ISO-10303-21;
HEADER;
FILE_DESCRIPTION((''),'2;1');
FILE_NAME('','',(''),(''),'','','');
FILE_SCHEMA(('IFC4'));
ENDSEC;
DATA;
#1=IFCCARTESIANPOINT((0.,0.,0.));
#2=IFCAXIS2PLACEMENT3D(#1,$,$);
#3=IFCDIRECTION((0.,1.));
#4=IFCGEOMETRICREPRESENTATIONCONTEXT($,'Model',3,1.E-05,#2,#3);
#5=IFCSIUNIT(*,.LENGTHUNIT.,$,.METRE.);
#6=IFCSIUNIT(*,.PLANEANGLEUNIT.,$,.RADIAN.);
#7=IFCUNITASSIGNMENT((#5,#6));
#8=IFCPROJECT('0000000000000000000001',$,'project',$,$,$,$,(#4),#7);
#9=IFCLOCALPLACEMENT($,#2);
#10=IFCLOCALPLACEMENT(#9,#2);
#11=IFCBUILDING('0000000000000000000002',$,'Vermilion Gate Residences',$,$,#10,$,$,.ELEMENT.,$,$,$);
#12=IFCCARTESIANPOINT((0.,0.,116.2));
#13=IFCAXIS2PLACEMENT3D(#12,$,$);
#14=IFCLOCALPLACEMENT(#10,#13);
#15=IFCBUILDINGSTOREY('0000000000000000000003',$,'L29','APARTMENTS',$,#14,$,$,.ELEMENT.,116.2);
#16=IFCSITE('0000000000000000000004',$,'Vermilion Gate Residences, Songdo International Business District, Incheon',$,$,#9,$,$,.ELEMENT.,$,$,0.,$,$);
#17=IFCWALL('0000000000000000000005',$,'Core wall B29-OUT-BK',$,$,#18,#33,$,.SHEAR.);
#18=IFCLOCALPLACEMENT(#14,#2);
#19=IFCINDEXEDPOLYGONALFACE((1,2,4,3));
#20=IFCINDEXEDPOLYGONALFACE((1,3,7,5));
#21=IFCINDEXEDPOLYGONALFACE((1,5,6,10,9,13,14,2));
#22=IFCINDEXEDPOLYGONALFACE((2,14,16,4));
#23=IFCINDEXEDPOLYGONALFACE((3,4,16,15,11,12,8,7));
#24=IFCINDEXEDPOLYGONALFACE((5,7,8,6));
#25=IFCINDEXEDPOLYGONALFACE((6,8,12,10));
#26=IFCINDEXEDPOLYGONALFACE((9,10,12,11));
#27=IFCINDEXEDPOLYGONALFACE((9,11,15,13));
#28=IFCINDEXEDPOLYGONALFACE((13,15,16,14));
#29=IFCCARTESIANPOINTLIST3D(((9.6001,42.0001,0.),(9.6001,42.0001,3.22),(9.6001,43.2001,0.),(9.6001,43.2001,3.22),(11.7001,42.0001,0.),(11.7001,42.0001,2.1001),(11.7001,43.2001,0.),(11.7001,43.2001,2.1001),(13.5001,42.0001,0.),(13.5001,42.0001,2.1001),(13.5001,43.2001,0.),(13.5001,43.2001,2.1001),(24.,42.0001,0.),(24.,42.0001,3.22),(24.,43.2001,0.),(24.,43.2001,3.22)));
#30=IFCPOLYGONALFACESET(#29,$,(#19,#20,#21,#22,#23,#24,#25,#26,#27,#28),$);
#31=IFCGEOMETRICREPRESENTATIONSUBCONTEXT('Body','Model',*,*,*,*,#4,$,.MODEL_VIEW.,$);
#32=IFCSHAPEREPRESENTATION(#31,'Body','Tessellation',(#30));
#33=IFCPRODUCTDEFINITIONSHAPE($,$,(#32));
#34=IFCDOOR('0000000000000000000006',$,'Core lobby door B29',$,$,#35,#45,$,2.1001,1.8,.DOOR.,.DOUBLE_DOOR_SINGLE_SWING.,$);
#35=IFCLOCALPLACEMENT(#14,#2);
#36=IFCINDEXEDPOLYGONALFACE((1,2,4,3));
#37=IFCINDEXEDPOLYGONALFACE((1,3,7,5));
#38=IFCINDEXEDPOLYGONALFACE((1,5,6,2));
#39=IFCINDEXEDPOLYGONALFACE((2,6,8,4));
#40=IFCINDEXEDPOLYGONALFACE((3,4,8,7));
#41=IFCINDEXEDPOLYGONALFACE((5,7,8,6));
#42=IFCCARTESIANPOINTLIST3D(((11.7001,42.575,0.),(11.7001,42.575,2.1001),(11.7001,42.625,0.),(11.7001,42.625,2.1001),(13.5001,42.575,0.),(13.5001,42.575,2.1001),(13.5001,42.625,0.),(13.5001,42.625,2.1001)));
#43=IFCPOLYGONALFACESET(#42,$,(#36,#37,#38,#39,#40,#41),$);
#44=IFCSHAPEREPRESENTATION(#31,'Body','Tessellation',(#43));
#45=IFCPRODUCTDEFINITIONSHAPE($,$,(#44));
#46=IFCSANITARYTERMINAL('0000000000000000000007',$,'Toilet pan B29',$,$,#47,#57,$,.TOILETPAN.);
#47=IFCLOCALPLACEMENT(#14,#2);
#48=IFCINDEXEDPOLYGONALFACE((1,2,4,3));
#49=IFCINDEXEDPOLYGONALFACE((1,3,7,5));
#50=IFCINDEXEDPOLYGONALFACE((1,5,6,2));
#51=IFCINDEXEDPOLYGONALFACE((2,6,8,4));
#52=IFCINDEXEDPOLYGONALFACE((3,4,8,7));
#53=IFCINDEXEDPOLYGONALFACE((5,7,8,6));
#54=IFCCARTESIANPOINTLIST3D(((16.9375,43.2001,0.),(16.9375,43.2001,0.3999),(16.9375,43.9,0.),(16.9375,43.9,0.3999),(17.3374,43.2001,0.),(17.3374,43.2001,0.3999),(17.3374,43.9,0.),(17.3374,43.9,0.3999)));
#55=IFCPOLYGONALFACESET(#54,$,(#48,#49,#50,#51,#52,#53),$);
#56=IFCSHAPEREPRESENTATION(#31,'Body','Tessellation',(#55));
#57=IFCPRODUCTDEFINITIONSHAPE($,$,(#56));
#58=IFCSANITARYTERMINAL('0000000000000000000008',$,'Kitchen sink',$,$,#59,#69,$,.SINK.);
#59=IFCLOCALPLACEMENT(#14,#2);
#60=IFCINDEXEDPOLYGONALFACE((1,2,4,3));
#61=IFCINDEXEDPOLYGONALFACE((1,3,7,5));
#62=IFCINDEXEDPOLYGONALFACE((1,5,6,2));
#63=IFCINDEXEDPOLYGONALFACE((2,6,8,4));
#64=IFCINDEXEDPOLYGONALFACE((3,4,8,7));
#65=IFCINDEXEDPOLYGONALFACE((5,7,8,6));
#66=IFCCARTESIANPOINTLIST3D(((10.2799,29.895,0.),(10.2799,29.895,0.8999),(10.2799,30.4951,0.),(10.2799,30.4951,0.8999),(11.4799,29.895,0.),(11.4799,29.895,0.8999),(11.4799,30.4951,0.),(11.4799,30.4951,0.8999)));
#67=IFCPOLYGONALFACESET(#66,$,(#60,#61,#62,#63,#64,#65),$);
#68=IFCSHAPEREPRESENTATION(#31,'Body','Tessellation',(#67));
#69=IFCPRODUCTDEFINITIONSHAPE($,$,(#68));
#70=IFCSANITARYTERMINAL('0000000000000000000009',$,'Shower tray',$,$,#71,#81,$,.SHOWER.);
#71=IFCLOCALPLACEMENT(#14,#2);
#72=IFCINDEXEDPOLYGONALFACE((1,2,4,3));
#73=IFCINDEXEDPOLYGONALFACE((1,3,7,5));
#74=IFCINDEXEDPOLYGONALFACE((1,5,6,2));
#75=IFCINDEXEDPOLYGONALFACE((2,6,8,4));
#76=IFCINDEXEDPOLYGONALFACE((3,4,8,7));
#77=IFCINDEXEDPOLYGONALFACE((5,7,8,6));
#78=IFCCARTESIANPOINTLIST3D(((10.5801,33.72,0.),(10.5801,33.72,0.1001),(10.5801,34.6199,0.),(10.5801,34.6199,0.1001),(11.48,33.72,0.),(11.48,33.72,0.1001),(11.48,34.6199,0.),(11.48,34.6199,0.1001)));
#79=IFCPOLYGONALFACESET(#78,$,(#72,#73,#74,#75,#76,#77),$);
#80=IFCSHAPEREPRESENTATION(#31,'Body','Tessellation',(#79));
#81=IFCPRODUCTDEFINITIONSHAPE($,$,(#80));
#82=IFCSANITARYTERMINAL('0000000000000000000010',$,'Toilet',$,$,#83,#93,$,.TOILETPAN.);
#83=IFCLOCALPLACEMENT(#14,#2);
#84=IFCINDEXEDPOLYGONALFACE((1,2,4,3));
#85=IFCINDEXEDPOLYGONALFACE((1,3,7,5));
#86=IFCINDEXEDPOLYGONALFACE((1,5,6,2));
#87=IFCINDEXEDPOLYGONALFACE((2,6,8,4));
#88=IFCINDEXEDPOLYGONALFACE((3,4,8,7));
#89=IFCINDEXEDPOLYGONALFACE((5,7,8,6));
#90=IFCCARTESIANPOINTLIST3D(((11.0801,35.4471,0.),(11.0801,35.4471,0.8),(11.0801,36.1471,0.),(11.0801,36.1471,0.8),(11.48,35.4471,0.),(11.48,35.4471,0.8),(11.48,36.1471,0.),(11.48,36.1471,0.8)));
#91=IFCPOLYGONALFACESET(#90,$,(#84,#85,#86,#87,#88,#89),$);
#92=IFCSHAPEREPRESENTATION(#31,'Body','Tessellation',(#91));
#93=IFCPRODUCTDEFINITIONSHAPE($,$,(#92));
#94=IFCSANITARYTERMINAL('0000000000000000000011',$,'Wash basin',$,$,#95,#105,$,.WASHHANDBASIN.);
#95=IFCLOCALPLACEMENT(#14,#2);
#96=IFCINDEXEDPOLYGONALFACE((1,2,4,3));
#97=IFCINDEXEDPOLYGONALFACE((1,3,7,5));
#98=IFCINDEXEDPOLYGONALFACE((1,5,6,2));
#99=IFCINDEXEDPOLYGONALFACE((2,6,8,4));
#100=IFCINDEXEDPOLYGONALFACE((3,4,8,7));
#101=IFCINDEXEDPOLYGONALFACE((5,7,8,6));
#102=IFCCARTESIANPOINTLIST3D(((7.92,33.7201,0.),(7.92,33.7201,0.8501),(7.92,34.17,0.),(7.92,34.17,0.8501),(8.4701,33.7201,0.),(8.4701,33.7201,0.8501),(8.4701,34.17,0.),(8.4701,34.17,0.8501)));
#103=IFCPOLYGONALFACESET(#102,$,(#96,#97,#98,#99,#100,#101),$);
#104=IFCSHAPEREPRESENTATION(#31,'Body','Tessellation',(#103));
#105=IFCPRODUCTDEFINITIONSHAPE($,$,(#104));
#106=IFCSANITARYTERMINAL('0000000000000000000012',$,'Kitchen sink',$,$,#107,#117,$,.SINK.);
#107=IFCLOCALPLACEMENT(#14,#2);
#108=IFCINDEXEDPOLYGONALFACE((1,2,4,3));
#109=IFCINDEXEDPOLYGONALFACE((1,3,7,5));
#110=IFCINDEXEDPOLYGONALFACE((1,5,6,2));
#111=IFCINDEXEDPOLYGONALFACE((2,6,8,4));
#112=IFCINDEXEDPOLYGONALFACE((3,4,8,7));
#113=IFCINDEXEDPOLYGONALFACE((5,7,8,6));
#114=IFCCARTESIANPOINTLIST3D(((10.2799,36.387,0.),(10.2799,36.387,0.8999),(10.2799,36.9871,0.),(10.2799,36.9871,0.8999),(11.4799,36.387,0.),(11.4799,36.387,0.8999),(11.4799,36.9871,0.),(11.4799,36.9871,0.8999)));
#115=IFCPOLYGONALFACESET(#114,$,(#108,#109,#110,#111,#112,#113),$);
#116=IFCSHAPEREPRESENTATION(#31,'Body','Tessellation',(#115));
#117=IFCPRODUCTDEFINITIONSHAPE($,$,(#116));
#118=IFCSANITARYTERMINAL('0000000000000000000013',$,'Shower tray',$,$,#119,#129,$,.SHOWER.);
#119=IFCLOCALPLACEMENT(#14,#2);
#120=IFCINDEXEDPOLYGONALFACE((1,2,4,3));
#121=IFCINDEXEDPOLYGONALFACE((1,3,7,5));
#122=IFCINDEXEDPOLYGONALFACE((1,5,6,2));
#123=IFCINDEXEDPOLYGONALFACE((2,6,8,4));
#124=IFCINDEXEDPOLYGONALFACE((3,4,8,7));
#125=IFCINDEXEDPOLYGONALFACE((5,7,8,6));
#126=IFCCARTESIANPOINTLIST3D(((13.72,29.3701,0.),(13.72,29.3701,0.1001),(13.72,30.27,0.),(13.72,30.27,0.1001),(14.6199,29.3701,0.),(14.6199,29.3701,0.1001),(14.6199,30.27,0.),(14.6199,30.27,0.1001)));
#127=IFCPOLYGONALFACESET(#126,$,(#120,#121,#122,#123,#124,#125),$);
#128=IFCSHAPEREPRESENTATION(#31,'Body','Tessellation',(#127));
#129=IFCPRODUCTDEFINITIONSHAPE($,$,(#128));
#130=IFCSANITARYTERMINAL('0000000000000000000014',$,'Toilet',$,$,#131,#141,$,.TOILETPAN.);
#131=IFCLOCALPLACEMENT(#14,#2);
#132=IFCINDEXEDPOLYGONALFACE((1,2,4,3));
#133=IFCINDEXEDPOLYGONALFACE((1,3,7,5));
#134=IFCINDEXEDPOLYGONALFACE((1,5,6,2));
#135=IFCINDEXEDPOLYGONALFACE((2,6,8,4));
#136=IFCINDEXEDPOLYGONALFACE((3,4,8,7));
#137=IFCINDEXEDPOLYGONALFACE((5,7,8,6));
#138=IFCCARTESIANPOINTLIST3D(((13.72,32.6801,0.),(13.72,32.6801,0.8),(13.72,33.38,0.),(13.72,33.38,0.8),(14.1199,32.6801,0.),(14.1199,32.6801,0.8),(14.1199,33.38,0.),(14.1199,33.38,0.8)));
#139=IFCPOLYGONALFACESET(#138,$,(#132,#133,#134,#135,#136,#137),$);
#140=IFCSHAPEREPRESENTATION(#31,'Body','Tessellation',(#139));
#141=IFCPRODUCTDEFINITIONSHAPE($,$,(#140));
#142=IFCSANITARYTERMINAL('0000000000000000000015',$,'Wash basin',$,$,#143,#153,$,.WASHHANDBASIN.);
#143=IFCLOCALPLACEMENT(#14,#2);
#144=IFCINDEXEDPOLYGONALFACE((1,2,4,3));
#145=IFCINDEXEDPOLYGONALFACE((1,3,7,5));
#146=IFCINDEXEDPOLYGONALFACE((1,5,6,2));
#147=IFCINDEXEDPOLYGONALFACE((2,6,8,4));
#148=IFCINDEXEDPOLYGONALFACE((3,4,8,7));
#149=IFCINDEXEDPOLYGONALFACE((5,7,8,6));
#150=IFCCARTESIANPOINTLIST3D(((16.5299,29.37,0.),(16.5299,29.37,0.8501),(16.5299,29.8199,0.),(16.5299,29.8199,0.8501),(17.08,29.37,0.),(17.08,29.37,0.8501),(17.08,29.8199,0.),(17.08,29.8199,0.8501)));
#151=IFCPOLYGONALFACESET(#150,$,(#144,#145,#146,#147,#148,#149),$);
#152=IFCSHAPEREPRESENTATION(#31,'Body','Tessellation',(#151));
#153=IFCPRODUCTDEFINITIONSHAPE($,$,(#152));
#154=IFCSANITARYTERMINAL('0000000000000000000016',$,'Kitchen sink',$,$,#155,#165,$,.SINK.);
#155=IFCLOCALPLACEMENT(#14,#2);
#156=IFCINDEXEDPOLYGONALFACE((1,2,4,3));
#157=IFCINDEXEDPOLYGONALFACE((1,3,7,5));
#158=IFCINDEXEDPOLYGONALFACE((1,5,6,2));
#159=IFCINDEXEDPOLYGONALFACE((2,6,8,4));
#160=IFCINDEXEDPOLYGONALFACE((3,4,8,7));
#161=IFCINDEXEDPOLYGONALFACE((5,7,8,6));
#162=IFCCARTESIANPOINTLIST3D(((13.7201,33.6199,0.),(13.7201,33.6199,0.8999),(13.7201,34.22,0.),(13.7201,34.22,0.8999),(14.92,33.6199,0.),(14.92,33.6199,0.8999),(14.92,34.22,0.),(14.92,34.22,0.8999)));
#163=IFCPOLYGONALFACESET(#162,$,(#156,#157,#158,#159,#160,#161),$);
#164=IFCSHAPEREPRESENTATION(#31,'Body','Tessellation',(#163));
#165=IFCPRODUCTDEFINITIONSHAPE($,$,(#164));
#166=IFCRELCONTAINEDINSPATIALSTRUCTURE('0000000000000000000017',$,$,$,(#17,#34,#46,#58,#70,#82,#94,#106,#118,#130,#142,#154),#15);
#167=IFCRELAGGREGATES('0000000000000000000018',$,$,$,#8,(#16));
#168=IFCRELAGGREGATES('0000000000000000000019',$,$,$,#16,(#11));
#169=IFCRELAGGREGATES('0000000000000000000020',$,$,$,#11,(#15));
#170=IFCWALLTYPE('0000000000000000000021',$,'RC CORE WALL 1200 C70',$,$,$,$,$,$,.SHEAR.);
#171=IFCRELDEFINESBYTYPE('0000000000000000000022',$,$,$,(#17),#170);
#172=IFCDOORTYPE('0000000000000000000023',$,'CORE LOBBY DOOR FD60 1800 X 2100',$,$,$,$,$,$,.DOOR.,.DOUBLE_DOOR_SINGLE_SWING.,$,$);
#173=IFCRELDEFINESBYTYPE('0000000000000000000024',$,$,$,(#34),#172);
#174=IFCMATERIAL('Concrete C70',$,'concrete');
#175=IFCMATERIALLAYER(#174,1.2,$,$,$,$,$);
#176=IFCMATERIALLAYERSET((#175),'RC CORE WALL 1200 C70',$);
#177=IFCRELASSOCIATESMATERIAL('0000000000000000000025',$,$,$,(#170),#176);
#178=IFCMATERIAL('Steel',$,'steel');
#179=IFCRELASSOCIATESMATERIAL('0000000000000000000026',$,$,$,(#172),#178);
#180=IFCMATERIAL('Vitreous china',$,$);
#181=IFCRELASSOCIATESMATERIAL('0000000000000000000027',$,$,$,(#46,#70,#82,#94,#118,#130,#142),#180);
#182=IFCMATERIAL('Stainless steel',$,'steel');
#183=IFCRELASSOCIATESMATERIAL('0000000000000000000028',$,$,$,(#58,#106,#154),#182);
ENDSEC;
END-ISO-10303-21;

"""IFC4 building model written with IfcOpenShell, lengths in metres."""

from ifc_helpers import new_model, si_unit, direction, frame, frame_2d, origin, origin_2d, place, context, subcontext, project, spatial, rectangle, extrude, material, layer, layer_set, type_object, element, fill, save


model = new_model("IFC4")

# Units and contexts
model_context = context("Model", 3, precision=1e-05, world=origin(), true_north=direction((0.0, 1.0)))
body_context = subcontext(model_context, "Body", "Model", "MODEL_VIEW")
ifc_project = project(units=[si_unit("LENGTHUNIT", "METRE"), si_unit("PLANEANGLEUNIT", "RADIAN")], contexts=[model_context])

# Site, building, storey
site_placement = place(None, origin())
site = spatial("IfcSite", under=ifc_project, at=site_placement, Name="Vermilion Gate Residences, Songdo International Business District, Incheon", CompositionType="ELEMENT", RefElevation=0.0)
building_placement = place(site_placement, origin())
building = spatial("IfcBuilding", under=site, at=building_placement, Name="Vermilion Gate Residences", CompositionType="ELEMENT")
storey_placement = place(building_placement, frame((0.0, 0.0, 116.2)))
storey = spatial("IfcBuildingStorey", under=building, at=storey_placement, Name="L29", Description="APARTMENTS", CompositionType="ELEMENT", Elevation=116.2)

# Wall, opening, door
ifc_material_1 = material(Name="Concrete C70", Category="concrete")
ifc_layer_1 = layer(ifc_material_1, 1.2)
ifc_layer_set_1 = layer_set([ifc_layer_1], Name="RC CORE WALL 1200 C70")
wall_type_1 = type_object("IfcWallType", Name="RC CORE WALL 1200 C70", PredefinedType="SHEAR", material=ifc_layer_set_1)
wall_1_placement = place(storey_placement, frame((9.6001, 42.6001, 0.0), z_axis=(0.0, 0.0, 1.0), x_axis=(1.0, 0.0, 0.0)))
wall_1 = element("IfcWall", 1, at=wall_1_placement, inside=storey, type_object=wall_type_1, Name="Core wall B29-OUT-BK", PredefinedType="SHEAR", context=body_context, shape_type="SweptSolid", body=[
    extrude(rectangle(XDim=14.3999, YDim=1.2, at=frame_2d((7.2, 0.0))), origin(), (0.0, 0.0, 1.0), 3.22),
])
opening_1_placement = place(wall_1_placement, frame((2.1001, 0.0, 0.0)))
opening_1 = element("IfcOpeningElement", 2, at=opening_1_placement, cuts=wall_1, PredefinedType="OPENING", context=body_context, shape_type="SweptSolid", body=[
    extrude(rectangle(XDim=1.8, YDim=2.1001, at=frame_2d((0.8999, 1.05))), frame((0.0, 0.6099, 0.0), z_axis=(0.0, -1.0, 0.0), x_axis=(1.0, 0.0, 0.0)), (0.0, 0.0, 1.0), 1.22),
])
ifc_material_2 = material(Name="Steel", Category="steel")
door_type_1 = type_object("IfcDoorType", Name="CORE LOBBY DOOR FD60 1800 X 2100", OperationType="DOUBLE_DOOR_SINGLE_SWING", PredefinedType="DOOR", material=ifc_material_2)
door_1_placement = place(opening_1_placement, origin())
door_1 = element("IfcDoor", 3, at=door_1_placement, inside=storey, type_object=door_type_1, Name="Core lobby door B29", OperationType="DOUBLE_DOOR_SINGLE_SWING", OverallHeight=2.1001, OverallWidth=1.8, PredefinedType="DOOR", context=body_context, shape_type="SweptSolid", body=[
    extrude(rectangle(XDim=1.8, YDim=2.1001, at=frame_2d((0.8999, 1.05))), frame((0.0, 0.0249, 0.0), z_axis=(0.0, -1.0, 0.0), x_axis=(1.0, 0.0, 0.0)), (0.0, 0.0, 1.0), 0.05),
])
fill(opening_1, door_1)

# Sanitary terminals
ifc_material_3 = material(Name="Vitreous china")
sanitary_terminal_1_placement = place(storey_placement, frame((17.1375, 43.55, 0.0), z_axis=(0.0, 0.0, 1.0), x_axis=(1.0, 0.0, 0.0)))
element("IfcSanitaryTerminal", 4, at=sanitary_terminal_1_placement, inside=storey, material=ifc_material_3, Name="Toilet pan B29", PredefinedType="TOILETPAN", context=body_context, shape_type="SweptSolid", body=[
    extrude(rectangle(XDim=0.3999, YDim=0.7, at=origin_2d()), origin(), (0.0, 0.0, 1.0), 0.3999),
])
ifc_material_4 = material(Name="Stainless steel", Category="steel")
sanitary_terminal_2_placement = place(storey_placement, frame((10.8799, 30.1951, 0.0), z_axis=(0.0, 0.0, 1.0), x_axis=(1.0, 0.0, 0.0)))
element("IfcSanitaryTerminal", 5, at=sanitary_terminal_2_placement, inside=storey, material=ifc_material_4, Name="Kitchen sink", PredefinedType="SINK", context=body_context, shape_type="SweptSolid", body=[
    extrude(rectangle(XDim=1.2, YDim=0.6001, at=origin_2d()), origin(), (0.0, 0.0, 1.0), 0.8999),
])
sanitary_terminal_3_placement = place(storey_placement, frame((11.03, 34.1699, 0.0), z_axis=(0.0, 0.0, 1.0), x_axis=(1.0, 0.0, 0.0)))
element("IfcSanitaryTerminal", 6, at=sanitary_terminal_3_placement, inside=storey, material=ifc_material_3, Name="Shower tray", PredefinedType="SHOWER", context=body_context, shape_type="SweptSolid", body=[
    extrude(rectangle(XDim=0.8999, YDim=0.8999, at=origin_2d()), origin(), (0.0, 0.0, 1.0), 0.1001),
])
sanitary_terminal_4_placement = place(storey_placement, frame((11.28, 35.7971, 0.0), z_axis=(0.0, 0.0, 1.0), x_axis=(1.0, 0.0, 0.0)))
element("IfcSanitaryTerminal", 7, at=sanitary_terminal_4_placement, inside=storey, material=ifc_material_3, Name="Toilet", PredefinedType="TOILETPAN", context=body_context, shape_type="SweptSolid", body=[
    extrude(rectangle(XDim=0.3999, YDim=0.7, at=origin_2d()), origin(), (0.0, 0.0, 1.0), 0.8),
])
sanitary_terminal_5_placement = place(storey_placement, frame((8.1951, 33.9451, 0.0), z_axis=(0.0, 0.0, 1.0), x_axis=(1.0, 0.0, 0.0)))
element("IfcSanitaryTerminal", 8, at=sanitary_terminal_5_placement, inside=storey, material=ifc_material_3, Name="Wash basin", PredefinedType="WASHHANDBASIN", context=body_context, shape_type="SweptSolid", body=[
    extrude(rectangle(XDim=0.55, YDim=0.45, at=origin_2d()), origin(), (0.0, 0.0, 1.0), 0.8501),
])
sanitary_terminal_6_placement = place(storey_placement, frame((10.8799, 36.687, 0.0), z_axis=(0.0, 0.0, 1.0), x_axis=(1.0, 0.0, 0.0)))
element("IfcSanitaryTerminal", 9, at=sanitary_terminal_6_placement, inside=storey, material=ifc_material_4, Name="Kitchen sink", PredefinedType="SINK", context=body_context, shape_type="SweptSolid", body=[
    extrude(rectangle(XDim=1.2, YDim=0.6001, at=origin_2d()), origin(), (0.0, 0.0, 1.0), 0.8999),
])
sanitary_terminal_7_placement = place(storey_placement, frame((14.1699, 29.8201, 0.0), z_axis=(0.0, 0.0, 1.0), x_axis=(1.0, 0.0, 0.0)))
element("IfcSanitaryTerminal", 10, at=sanitary_terminal_7_placement, inside=storey, material=ifc_material_3, Name="Shower tray", PredefinedType="SHOWER", context=body_context, shape_type="SweptSolid", body=[
    extrude(rectangle(XDim=0.8999, YDim=0.8999, at=origin_2d()), origin(), (0.0, 0.0, 1.0), 0.1001),
])
sanitary_terminal_8_placement = place(storey_placement, frame((13.9199, 33.03, 0.0), z_axis=(0.0, 0.0, 1.0), x_axis=(1.0, 0.0, 0.0)))
element("IfcSanitaryTerminal", 11, at=sanitary_terminal_8_placement, inside=storey, material=ifc_material_3, Name="Toilet", PredefinedType="TOILETPAN", context=body_context, shape_type="SweptSolid", body=[
    extrude(rectangle(XDim=0.3999, YDim=0.7, at=origin_2d()), origin(), (0.0, 0.0, 1.0), 0.8),
])
sanitary_terminal_9_placement = place(storey_placement, frame((16.8049, 29.595, 0.0), z_axis=(0.0, 0.0, 1.0), x_axis=(1.0, 0.0, 0.0)))
element("IfcSanitaryTerminal", 12, at=sanitary_terminal_9_placement, inside=storey, material=ifc_material_3, Name="Wash basin", PredefinedType="WASHHANDBASIN", context=body_context, shape_type="SweptSolid", body=[
    extrude(rectangle(XDim=0.55, YDim=0.45, at=origin_2d()), origin(), (0.0, 0.0, 1.0), 0.8501),
])
sanitary_terminal_10_placement = place(storey_placement, frame((14.3201, 33.9199, 0.0), z_axis=(0.0, 0.0, 1.0), x_axis=(1.0, 0.0, 0.0)))
element("IfcSanitaryTerminal", 13, at=sanitary_terminal_10_placement, inside=storey, material=ifc_material_4, Name="Kitchen sink", PredefinedType="SINK", context=body_context, shape_type="SweptSolid", body=[
    extrude(rectangle(XDim=1.2, YDim=0.6001, at=origin_2d()), origin(), (0.0, 0.0, 1.0), 0.8999),
])

save(model, "model.ifc")
